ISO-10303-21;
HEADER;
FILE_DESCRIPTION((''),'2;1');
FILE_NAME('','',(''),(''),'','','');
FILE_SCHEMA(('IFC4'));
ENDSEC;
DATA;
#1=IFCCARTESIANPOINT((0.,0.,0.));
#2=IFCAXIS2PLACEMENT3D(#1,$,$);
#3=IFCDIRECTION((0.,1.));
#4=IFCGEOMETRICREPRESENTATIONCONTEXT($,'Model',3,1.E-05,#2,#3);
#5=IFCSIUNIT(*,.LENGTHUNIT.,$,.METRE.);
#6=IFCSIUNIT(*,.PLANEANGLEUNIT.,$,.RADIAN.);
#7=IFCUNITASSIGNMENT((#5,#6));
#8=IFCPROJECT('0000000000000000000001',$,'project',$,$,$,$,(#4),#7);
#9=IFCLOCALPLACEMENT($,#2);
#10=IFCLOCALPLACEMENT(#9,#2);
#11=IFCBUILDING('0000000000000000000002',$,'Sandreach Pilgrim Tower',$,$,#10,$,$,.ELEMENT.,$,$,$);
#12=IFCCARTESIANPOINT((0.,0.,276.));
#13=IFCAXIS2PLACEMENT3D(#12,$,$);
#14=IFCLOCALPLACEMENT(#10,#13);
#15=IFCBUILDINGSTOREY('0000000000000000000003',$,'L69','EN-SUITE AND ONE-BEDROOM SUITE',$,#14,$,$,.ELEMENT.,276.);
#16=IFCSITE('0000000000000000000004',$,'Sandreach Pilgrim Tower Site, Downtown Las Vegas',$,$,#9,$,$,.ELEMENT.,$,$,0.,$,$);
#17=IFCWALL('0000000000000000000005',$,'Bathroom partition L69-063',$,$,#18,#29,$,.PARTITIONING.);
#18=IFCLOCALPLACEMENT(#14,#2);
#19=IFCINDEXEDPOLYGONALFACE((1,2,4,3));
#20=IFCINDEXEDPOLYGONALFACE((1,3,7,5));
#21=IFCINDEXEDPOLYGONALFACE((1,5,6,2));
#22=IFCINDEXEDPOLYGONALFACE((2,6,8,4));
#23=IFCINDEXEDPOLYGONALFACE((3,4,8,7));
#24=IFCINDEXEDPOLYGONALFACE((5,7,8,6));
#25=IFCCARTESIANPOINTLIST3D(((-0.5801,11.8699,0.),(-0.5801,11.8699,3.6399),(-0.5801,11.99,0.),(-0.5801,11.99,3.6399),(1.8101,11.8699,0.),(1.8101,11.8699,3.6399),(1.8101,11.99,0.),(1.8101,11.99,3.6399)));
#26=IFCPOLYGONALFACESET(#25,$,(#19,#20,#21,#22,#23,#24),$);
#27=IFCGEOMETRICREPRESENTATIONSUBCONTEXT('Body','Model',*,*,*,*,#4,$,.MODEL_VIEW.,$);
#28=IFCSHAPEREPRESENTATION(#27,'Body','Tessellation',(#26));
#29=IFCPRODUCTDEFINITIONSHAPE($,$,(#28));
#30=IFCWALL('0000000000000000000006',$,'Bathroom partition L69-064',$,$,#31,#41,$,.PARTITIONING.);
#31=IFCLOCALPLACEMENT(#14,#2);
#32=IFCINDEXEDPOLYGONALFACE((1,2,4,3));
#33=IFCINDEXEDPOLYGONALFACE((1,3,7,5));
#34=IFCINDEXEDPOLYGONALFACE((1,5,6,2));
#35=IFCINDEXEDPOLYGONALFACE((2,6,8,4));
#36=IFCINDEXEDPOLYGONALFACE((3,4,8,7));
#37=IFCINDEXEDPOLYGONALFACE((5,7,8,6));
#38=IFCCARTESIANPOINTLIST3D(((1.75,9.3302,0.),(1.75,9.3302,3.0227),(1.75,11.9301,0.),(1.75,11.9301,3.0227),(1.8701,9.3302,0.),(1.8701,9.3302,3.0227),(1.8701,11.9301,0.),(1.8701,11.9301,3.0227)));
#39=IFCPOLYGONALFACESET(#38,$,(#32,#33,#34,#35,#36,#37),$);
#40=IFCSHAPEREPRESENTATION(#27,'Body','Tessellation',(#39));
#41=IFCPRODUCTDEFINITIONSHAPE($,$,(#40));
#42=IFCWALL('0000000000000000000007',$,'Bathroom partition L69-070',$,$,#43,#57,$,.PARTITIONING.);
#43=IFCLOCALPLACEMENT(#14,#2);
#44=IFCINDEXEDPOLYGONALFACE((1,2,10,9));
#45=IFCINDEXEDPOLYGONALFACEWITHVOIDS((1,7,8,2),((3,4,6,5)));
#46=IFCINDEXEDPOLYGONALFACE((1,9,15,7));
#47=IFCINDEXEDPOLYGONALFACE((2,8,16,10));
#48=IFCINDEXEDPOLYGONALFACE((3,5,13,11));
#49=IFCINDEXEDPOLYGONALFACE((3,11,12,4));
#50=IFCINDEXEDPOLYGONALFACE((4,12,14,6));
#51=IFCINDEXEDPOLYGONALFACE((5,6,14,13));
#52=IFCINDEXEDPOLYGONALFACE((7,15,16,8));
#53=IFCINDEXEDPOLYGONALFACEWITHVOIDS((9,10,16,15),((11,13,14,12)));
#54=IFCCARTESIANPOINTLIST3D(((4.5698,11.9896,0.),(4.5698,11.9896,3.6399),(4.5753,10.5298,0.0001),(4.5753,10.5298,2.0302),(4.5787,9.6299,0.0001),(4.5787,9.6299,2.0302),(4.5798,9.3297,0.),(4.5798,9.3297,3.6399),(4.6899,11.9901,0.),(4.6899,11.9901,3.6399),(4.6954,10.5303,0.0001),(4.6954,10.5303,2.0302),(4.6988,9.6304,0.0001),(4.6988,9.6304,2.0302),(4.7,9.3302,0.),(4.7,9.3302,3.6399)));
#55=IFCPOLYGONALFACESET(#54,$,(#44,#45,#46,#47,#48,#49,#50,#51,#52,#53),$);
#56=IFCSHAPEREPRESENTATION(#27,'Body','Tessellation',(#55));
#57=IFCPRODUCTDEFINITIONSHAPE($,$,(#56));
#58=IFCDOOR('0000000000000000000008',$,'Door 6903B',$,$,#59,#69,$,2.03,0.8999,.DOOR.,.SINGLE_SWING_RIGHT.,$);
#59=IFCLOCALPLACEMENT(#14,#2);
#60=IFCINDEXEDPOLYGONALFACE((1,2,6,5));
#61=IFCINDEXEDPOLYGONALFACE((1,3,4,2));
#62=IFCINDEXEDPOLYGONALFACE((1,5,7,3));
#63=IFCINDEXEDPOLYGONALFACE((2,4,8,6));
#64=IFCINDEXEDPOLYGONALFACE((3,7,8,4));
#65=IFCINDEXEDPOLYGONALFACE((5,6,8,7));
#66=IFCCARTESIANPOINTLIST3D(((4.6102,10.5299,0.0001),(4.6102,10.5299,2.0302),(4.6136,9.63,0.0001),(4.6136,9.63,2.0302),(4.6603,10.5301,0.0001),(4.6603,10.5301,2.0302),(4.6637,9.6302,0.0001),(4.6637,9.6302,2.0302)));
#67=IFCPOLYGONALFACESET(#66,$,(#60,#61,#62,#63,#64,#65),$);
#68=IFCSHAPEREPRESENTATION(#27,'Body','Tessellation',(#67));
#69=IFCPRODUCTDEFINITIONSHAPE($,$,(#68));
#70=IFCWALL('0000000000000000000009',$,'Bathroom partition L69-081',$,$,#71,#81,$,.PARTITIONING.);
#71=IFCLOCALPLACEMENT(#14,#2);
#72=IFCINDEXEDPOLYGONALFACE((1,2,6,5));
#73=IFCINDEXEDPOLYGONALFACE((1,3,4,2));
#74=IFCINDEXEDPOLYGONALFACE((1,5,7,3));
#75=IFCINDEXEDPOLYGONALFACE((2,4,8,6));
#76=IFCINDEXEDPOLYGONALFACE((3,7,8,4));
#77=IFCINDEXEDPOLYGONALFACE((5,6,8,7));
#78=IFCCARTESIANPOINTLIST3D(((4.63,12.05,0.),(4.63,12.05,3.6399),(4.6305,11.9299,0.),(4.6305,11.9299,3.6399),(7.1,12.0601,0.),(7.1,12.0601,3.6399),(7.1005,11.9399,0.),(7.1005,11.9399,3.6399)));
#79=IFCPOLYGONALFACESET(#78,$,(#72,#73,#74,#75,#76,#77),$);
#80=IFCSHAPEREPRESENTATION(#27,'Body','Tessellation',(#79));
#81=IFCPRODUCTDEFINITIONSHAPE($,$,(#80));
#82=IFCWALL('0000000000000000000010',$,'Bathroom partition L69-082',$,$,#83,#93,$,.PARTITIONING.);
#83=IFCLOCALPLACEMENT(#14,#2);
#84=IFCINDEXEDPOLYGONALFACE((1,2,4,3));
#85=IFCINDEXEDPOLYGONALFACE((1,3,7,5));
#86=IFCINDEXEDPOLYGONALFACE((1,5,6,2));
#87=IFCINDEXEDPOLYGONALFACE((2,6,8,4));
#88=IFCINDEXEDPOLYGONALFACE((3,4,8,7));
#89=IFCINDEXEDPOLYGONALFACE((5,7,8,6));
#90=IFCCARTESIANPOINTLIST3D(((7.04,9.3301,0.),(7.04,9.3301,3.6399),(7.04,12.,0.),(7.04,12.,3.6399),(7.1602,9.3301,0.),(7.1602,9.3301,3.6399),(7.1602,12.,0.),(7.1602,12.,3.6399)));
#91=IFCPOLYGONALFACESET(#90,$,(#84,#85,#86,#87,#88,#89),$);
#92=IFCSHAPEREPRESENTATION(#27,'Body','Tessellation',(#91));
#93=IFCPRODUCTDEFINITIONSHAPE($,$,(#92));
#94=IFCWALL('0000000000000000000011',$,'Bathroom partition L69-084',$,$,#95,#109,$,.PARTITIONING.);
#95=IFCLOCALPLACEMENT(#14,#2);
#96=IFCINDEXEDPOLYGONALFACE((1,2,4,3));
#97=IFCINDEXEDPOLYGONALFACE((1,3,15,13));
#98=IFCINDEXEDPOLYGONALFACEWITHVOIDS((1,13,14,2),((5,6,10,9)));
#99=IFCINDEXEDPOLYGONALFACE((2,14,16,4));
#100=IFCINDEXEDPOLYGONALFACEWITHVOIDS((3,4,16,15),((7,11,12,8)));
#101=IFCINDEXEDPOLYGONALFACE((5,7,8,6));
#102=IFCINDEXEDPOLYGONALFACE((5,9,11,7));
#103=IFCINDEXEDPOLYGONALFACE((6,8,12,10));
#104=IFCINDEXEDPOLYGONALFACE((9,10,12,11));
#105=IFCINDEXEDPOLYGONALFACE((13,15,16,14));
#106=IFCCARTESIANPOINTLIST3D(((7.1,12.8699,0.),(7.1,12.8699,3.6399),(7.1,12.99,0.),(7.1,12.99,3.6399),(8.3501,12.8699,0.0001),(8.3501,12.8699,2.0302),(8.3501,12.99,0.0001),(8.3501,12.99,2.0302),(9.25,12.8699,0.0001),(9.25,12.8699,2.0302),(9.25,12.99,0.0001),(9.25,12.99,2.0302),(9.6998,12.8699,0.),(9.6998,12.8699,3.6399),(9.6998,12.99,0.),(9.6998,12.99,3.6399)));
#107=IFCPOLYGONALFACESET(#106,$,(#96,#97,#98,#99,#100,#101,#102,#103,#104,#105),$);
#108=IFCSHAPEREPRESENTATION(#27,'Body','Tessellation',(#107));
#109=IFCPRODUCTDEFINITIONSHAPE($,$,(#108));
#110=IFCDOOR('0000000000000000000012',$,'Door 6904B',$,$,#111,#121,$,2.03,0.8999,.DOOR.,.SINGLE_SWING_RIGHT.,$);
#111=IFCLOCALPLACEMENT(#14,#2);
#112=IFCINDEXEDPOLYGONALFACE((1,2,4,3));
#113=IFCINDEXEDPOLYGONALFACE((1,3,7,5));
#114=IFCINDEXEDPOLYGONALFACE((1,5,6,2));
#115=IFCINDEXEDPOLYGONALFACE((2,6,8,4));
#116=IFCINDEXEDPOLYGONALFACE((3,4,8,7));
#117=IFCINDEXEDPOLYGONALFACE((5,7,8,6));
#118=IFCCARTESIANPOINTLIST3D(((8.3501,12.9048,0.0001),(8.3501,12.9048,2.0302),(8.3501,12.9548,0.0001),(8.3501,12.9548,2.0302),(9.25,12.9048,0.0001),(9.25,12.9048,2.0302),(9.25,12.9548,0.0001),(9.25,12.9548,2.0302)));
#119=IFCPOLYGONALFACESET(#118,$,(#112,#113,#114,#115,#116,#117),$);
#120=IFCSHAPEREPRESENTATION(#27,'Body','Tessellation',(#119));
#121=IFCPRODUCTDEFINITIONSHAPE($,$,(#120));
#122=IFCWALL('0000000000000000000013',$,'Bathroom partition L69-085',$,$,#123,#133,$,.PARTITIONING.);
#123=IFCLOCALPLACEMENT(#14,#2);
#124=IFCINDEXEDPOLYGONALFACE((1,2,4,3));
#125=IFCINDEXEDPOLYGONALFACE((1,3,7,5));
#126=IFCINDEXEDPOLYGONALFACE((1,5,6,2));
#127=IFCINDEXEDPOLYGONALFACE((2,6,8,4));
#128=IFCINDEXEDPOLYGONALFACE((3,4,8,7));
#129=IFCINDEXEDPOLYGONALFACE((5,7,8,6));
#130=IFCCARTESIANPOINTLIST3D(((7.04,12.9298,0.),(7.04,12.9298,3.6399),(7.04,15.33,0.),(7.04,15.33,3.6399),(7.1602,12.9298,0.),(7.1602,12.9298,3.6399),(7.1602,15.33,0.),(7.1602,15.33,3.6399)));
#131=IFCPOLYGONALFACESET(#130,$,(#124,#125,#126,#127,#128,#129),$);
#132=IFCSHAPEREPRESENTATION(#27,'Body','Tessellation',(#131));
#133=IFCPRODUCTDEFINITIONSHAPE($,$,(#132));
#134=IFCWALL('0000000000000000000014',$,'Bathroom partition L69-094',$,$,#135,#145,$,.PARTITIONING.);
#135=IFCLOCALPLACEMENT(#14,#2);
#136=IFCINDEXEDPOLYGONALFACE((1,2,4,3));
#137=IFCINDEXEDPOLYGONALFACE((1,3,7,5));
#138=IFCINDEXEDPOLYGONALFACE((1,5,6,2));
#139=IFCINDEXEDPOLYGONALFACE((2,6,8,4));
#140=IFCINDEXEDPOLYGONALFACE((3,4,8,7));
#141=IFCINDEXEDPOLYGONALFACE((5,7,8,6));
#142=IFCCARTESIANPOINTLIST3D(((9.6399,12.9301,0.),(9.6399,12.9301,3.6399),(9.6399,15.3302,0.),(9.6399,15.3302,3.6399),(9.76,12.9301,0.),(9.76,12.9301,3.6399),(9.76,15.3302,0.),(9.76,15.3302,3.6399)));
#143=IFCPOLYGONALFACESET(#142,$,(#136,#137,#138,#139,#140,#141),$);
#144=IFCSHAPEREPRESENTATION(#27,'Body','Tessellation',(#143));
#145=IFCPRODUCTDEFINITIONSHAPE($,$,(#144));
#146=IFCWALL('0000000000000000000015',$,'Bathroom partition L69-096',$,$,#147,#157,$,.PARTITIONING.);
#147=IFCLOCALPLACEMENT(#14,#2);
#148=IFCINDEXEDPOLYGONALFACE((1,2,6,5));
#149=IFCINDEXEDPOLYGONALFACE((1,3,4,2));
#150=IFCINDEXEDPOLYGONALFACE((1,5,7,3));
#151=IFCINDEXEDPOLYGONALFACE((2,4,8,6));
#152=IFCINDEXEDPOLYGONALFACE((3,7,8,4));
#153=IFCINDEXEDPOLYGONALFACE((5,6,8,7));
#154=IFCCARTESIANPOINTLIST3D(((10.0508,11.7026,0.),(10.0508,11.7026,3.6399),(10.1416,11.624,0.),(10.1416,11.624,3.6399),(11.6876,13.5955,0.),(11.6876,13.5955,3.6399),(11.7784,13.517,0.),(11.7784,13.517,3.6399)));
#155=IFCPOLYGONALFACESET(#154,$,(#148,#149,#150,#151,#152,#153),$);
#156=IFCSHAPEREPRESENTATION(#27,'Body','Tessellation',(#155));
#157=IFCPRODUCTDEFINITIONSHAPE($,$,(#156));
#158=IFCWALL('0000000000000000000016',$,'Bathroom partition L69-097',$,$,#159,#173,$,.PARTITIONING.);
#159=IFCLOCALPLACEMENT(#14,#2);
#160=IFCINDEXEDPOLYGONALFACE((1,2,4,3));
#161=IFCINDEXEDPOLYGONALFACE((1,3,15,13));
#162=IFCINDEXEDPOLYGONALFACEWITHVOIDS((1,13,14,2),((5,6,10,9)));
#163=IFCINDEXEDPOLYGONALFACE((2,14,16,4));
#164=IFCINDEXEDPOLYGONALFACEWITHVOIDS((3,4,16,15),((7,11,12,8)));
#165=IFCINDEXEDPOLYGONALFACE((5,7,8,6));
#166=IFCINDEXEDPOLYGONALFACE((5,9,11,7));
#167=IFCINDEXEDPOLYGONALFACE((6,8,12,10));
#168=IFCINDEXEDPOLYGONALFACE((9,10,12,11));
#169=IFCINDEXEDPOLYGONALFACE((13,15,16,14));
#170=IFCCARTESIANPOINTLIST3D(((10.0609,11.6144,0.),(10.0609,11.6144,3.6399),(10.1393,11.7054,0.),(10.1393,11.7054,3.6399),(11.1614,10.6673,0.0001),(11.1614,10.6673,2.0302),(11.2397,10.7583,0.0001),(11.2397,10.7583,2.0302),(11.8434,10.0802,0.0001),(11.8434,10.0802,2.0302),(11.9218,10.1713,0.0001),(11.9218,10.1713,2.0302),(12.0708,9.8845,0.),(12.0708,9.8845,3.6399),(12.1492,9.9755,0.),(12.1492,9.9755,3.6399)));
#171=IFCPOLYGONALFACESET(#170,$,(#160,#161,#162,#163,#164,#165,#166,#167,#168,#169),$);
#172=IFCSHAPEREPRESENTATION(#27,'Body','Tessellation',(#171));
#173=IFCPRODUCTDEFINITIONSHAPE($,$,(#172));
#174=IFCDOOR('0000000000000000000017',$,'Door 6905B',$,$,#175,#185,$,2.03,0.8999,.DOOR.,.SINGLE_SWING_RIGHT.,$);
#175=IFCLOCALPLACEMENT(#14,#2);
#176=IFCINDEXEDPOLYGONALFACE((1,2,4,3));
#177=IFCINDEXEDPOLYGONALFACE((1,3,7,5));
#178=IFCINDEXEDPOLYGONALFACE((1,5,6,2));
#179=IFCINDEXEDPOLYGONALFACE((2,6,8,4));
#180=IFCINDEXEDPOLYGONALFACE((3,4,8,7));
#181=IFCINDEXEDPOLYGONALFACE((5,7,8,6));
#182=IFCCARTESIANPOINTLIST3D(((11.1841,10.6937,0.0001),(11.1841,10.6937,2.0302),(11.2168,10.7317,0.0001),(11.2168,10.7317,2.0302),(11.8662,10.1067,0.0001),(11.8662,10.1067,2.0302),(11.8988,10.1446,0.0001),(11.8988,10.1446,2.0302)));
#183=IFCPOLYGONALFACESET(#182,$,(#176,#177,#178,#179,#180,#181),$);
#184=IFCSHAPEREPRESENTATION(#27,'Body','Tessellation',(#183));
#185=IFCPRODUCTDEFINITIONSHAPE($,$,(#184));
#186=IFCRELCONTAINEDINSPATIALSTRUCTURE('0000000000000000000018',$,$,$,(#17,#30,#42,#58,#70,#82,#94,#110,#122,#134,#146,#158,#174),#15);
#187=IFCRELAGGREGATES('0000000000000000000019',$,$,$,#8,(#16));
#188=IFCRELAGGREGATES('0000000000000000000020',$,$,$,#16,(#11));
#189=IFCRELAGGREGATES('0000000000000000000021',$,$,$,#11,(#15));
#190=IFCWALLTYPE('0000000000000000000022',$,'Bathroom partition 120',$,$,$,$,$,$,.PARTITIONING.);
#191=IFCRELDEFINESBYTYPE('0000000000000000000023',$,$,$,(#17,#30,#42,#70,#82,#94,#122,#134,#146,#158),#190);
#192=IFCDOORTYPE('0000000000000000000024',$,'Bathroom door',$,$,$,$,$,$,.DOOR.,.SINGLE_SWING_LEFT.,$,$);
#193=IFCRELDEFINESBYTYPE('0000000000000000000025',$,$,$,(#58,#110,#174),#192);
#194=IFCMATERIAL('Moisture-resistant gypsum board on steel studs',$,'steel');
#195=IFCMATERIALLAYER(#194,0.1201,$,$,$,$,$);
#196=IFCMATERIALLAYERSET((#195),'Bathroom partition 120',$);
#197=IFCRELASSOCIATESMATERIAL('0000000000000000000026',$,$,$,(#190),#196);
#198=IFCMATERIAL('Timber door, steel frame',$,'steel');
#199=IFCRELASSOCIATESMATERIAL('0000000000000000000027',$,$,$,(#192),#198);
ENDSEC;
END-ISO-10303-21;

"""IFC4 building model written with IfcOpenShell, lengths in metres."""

from ifc_helpers import new_model, si_unit, direction, frame, frame_2d, origin, place, context, subcontext, project, spatial, rectangle, extrude, material, layer, layer_set, type_object, element, fill, save


model = new_model("IFC4")

# Units and contexts
model_context = context("Model", 3, precision=1e-05, world=origin(), true_north=direction((0.0, 1.0)))
body_context = subcontext(model_context, "Body", "Model", "MODEL_VIEW")
ifc_project = project(units=[si_unit("LENGTHUNIT", "METRE"), si_unit("PLANEANGLEUNIT", "RADIAN")], contexts=[model_context])

# Site, building, storey
site_placement = place(None, origin())
site = spatial("IfcSite", under=ifc_project, at=site_placement, Name="Sandreach Pilgrim Tower Site, Downtown Las Vegas", CompositionType="ELEMENT", RefElevation=0.0)
building_placement = place(site_placement, origin())
building = spatial("IfcBuilding", under=site, at=building_placement, Name="Sandreach Pilgrim Tower", CompositionType="ELEMENT")
storey_placement = place(building_placement, frame((0.0, 0.0, 276.0)))
storey = spatial("IfcBuildingStorey", under=building, at=storey_placement, Name="L69", Description="EN-SUITE AND ONE-BEDROOM SUITE", CompositionType="ELEMENT", Elevation=276.0)

# Walls
ifc_material_1 = material(Name="Moisture-resistant gypsum board on steel studs", Category="steel")
ifc_layer_1 = layer(ifc_material_1, 0.1201)
ifc_layer_set_1 = layer_set([ifc_layer_1], Name="Bathroom partition 120")
wall_type_1 = type_object("IfcWallType", Name="Bathroom partition 120", PredefinedType="PARTITIONING", material=ifc_layer_set_1)
wall_1_placement = place(storey_placement, frame((1.8101, 11.9299, 0.0), z_axis=(0.0, 0.0, 1.0), x_axis=(-1.0, 0.0, 0.0)))
element("IfcWall", 1, at=wall_1_placement, inside=storey, type_object=wall_type_1, Name="Bathroom partition L69-063", PredefinedType="PARTITIONING", context=body_context, shape_type="SweptSolid", body=[
    extrude(rectangle(XDim=2.3901, YDim=0.1201, at=frame_2d((1.1951, 0.0))), origin(), (0.0, 0.0, 1.0), 3.6399),
])
wall_2_placement = place(storey_placement, frame((1.8101, 11.9299, 0.0), z_axis=(0.0, 0.0, 1.0), x_axis=(0.0, -1.0, 0.0)))
element("IfcWall", 2, at=wall_2_placement, inside=storey, type_object=wall_type_1, Name="Bathroom partition L69-064", PredefinedType="PARTITIONING", context=body_context, shape_type="SweptSolid", body=[
    extrude(rectangle(XDim=2.5999, YDim=0.1201, at=frame_2d((1.2998, 0.0))), origin(), (0.0, 0.0, 1.0), 3.0227),
])

# Wall, opening, door
wall_3_placement = place(storey_placement, frame((4.6299, 11.99, 0.0), z_axis=(0.0, 0.0, 1.0), x_axis=(0.003763, -0.999993, 0.0)))
wall_3 = element("IfcWall", 3, at=wall_3_placement, inside=storey, type_object=wall_type_1, Name="Bathroom partition L69-070", PredefinedType="PARTITIONING", context=body_context, shape_type="SweptSolid", body=[
    extrude(rectangle(XDim=2.6599, YDim=0.1201, at=frame_2d((1.3301, 0.0))), origin(), (0.0, 0.0, 1.0), 3.6399),
])
opening_1_placement = place(wall_3_placement, frame((1.46, 0.0, 0.0)))
opening_1 = element("IfcOpeningElement", 4, at=opening_1_placement, cuts=wall_3, PredefinedType="OPENING", context=body_context, shape_type="SweptSolid", body=[
    extrude(rectangle(XDim=0.8999, YDim=2.03, at=frame_2d((0.45, 1.0151))), frame((0.0, 0.0601, 0.0), z_axis=(0.0, -1.0, 0.0), x_axis=(1.0, 0.0, 0.0)), (0.0, 0.0, 1.0), 0.1201),
])
ifc_material_2 = material(Name="Timber door, steel frame", Category="steel")
door_type = type_object("IfcDoorType", Name="Bathroom door", OperationType="SINGLE_SWING_LEFT", PredefinedType="DOOR", material=ifc_material_2)
door_1_placement = place(opening_1_placement, origin())
door_1 = element("IfcDoor", 5, at=door_1_placement, inside=storey, type_object=door_type, Name="Door 6903B", OperationType="SINGLE_SWING_RIGHT", OverallHeight=2.03, OverallWidth=0.8999, PredefinedType="DOOR", context=body_context, shape_type="SweptSolid", body=[
    extrude(rectangle(XDim=0.8999, YDim=2.03, at=frame_2d((0.45, 1.0151))), frame((0.0, 0.0249, 0.0), z_axis=(0.0, -1.0, 0.0), x_axis=(1.0, 0.0, 0.0)), (0.0, 0.0, 1.0), 0.05),
])
fill(opening_1, door_1)

# Walls
wall_4_placement = place(storey_placement, frame((7.1001, 12.0, 0.0), z_axis=(0.0, 0.0, 1.0), x_axis=(-0.999992, -0.004053, 0.0)))
element("IfcWall", 6, at=wall_4_placement, inside=storey, type_object=wall_type_1, Name="Bathroom partition L69-081", PredefinedType="PARTITIONING", context=body_context, shape_type="SweptSolid", body=[
    extrude(rectangle(XDim=2.47, YDim=0.1201, at=frame_2d((1.2349, 0.0))), origin(), (0.0, 0.0, 1.0), 3.6399),
])
wall_5_placement = place(storey_placement, frame((7.1001, 12.0, 0.0), z_axis=(0.0, 0.0, 1.0), x_axis=(0.0, -1.0, 0.0)))
element("IfcWall", 7, at=wall_5_placement, inside=storey, type_object=wall_type_1, Name="Bathroom partition L69-082", PredefinedType="PARTITIONING", context=body_context, shape_type="SweptSolid", body=[
    extrude(rectangle(XDim=2.6699, YDim=0.1201, at=frame_2d((1.335, 0.0))), origin(), (0.0, 0.0, 1.0), 3.6399),
])

# Wall, opening, door
wall_6_placement = place(storey_placement, frame((7.1001, 12.9299, 0.0), z_axis=(0.0, 0.0, 1.0), x_axis=(1.0, 0.0, 0.0)))
wall_6 = element("IfcWall", 8, at=wall_6_placement, inside=storey, type_object=wall_type_1, Name="Bathroom partition L69-084", PredefinedType="PARTITIONING", context=body_context, shape_type="SweptSolid", body=[
    extrude(rectangle(XDim=2.5999, YDim=0.1201, at=frame_2d((1.2998, 0.0))), origin(), (0.0, 0.0, 1.0), 3.6399),
])
opening_2_placement = place(wall_6_placement, frame((1.25, 0.0, 0.0)))
opening_2 = element("IfcOpeningElement", 9, at=opening_2_placement, cuts=wall_6, PredefinedType="OPENING", context=body_context, shape_type="SweptSolid", body=[
    extrude(rectangle(XDim=0.8999, YDim=2.03, at=frame_2d((0.45, 1.0151))), frame((0.0, 0.0601, 0.0), z_axis=(0.0, -1.0, 0.0), x_axis=(1.0, 0.0, 0.0)), (0.0, 0.0, 1.0), 0.1201),
])
door_2_placement = place(opening_2_placement, origin())
door_2 = element("IfcDoor", 10, at=door_2_placement, inside=storey, type_object=door_type, Name="Door 6904B", OperationType="SINGLE_SWING_RIGHT", OverallHeight=2.03, OverallWidth=0.8999, PredefinedType="DOOR", context=body_context, shape_type="SweptSolid", body=[
    extrude(rectangle(XDim=0.8999, YDim=2.03, at=frame_2d((0.45, 1.0151))), frame((0.0, 0.0249, 0.0), z_axis=(0.0, -1.0, 0.0), x_axis=(1.0, 0.0, 0.0)), (0.0, 0.0, 1.0), 0.05),
])
fill(opening_2, door_2)

# Walls
for number, where, z_axis, x_axis, name in (
    (11, (7.1001, 15.3301, 0.0), (0.0, 0.0, 1.0), (0.0, -1.0, 0.0), "Bathroom partition L69-085"),
    (12, (9.7, 12.9299, 0.0), (0.0, 0.0, 1.0), (0.0, 1.0, 0.0), "Bathroom partition L69-094"),
):
    element("IfcWall", number, at=place(storey_placement, frame(where, z_axis=z_axis, x_axis=x_axis)), inside=storey, type_object=wall_type_1, Name=name, PredefinedType="PARTITIONING", context=body_context, shape_type="SweptSolid", body=[
        extrude(rectangle(XDim=2.4001, YDim=0.1201, at=frame_2d((1.2002, 0.0))), origin(), (0.0, 0.0, 1.0), 3.6399),
    ])
wall_7_placement = place(storey_placement, frame((10.0962, 11.6633, 0.0), z_axis=(0.0, 0.0, 1.0), x_axis=(0.65408, 0.756426, 0.0)))
element("IfcWall", 13, at=wall_7_placement, inside=storey, type_object=wall_type_1, Name="Bathroom partition L69-096", PredefinedType="PARTITIONING", context=body_context, shape_type="SweptSolid", body=[
    extrude(rectangle(XDim=2.5024, YDim=0.1201, at=frame_2d((1.2512, 0.0))), origin(), (0.0, 0.0, 1.0), 3.6399),
])

# Wall, opening, door
wall_8_placement = place(storey_placement, frame((10.1001, 11.6599, 0.0), z_axis=(0.0, 0.0, 1.0), x_axis=(0.757929, -0.652337, 0.0)))
wall_8 = element("IfcWall", 14, at=wall_8_placement, inside=storey, type_object=wall_type_1, Name="Bathroom partition L69-097", PredefinedType="PARTITIONING", context=body_context, shape_type="SweptSolid", body=[
    extrude(rectangle(XDim=2.6519, YDim=0.1201, at=frame_2d((1.3259, 0.0))), origin(), (0.0, 0.0, 1.0), 3.6399),
])
opening_3_placement = place(wall_8_placement, frame((1.4519, 0.0, 0.0)))
opening_3 = element("IfcOpeningElement", 15, at=opening_3_placement, cuts=wall_8, PredefinedType="OPENING", context=body_context, shape_type="SweptSolid", body=[
    extrude(rectangle(XDim=0.8999, YDim=2.03, at=frame_2d((0.45, 1.0151))), frame((0.0, 0.0601, 0.0), z_axis=(0.0, -1.0, 0.0), x_axis=(1.0, 0.0, 0.0)), (0.0, 0.0, 1.0), 0.1201),
])
door_3_placement = place(opening_3_placement, origin())
door_3 = element("IfcDoor", 16, at=door_3_placement, inside=storey, type_object=door_type, Name="Door 6905B", OperationType="SINGLE_SWING_RIGHT", OverallHeight=2.03, OverallWidth=0.8999, PredefinedType="DOOR", context=body_context, shape_type="SweptSolid", body=[
    extrude(rectangle(XDim=0.8999, YDim=2.03, at=frame_2d((0.45, 1.0151))), frame((0.0, 0.0249, 0.0), z_axis=(0.0, -1.0, 0.0), x_axis=(1.0, 0.0, 0.0)), (0.0, 0.0, 1.0), 0.05),
])
fill(opening_3, door_3)

save(model, "model.ifc")
